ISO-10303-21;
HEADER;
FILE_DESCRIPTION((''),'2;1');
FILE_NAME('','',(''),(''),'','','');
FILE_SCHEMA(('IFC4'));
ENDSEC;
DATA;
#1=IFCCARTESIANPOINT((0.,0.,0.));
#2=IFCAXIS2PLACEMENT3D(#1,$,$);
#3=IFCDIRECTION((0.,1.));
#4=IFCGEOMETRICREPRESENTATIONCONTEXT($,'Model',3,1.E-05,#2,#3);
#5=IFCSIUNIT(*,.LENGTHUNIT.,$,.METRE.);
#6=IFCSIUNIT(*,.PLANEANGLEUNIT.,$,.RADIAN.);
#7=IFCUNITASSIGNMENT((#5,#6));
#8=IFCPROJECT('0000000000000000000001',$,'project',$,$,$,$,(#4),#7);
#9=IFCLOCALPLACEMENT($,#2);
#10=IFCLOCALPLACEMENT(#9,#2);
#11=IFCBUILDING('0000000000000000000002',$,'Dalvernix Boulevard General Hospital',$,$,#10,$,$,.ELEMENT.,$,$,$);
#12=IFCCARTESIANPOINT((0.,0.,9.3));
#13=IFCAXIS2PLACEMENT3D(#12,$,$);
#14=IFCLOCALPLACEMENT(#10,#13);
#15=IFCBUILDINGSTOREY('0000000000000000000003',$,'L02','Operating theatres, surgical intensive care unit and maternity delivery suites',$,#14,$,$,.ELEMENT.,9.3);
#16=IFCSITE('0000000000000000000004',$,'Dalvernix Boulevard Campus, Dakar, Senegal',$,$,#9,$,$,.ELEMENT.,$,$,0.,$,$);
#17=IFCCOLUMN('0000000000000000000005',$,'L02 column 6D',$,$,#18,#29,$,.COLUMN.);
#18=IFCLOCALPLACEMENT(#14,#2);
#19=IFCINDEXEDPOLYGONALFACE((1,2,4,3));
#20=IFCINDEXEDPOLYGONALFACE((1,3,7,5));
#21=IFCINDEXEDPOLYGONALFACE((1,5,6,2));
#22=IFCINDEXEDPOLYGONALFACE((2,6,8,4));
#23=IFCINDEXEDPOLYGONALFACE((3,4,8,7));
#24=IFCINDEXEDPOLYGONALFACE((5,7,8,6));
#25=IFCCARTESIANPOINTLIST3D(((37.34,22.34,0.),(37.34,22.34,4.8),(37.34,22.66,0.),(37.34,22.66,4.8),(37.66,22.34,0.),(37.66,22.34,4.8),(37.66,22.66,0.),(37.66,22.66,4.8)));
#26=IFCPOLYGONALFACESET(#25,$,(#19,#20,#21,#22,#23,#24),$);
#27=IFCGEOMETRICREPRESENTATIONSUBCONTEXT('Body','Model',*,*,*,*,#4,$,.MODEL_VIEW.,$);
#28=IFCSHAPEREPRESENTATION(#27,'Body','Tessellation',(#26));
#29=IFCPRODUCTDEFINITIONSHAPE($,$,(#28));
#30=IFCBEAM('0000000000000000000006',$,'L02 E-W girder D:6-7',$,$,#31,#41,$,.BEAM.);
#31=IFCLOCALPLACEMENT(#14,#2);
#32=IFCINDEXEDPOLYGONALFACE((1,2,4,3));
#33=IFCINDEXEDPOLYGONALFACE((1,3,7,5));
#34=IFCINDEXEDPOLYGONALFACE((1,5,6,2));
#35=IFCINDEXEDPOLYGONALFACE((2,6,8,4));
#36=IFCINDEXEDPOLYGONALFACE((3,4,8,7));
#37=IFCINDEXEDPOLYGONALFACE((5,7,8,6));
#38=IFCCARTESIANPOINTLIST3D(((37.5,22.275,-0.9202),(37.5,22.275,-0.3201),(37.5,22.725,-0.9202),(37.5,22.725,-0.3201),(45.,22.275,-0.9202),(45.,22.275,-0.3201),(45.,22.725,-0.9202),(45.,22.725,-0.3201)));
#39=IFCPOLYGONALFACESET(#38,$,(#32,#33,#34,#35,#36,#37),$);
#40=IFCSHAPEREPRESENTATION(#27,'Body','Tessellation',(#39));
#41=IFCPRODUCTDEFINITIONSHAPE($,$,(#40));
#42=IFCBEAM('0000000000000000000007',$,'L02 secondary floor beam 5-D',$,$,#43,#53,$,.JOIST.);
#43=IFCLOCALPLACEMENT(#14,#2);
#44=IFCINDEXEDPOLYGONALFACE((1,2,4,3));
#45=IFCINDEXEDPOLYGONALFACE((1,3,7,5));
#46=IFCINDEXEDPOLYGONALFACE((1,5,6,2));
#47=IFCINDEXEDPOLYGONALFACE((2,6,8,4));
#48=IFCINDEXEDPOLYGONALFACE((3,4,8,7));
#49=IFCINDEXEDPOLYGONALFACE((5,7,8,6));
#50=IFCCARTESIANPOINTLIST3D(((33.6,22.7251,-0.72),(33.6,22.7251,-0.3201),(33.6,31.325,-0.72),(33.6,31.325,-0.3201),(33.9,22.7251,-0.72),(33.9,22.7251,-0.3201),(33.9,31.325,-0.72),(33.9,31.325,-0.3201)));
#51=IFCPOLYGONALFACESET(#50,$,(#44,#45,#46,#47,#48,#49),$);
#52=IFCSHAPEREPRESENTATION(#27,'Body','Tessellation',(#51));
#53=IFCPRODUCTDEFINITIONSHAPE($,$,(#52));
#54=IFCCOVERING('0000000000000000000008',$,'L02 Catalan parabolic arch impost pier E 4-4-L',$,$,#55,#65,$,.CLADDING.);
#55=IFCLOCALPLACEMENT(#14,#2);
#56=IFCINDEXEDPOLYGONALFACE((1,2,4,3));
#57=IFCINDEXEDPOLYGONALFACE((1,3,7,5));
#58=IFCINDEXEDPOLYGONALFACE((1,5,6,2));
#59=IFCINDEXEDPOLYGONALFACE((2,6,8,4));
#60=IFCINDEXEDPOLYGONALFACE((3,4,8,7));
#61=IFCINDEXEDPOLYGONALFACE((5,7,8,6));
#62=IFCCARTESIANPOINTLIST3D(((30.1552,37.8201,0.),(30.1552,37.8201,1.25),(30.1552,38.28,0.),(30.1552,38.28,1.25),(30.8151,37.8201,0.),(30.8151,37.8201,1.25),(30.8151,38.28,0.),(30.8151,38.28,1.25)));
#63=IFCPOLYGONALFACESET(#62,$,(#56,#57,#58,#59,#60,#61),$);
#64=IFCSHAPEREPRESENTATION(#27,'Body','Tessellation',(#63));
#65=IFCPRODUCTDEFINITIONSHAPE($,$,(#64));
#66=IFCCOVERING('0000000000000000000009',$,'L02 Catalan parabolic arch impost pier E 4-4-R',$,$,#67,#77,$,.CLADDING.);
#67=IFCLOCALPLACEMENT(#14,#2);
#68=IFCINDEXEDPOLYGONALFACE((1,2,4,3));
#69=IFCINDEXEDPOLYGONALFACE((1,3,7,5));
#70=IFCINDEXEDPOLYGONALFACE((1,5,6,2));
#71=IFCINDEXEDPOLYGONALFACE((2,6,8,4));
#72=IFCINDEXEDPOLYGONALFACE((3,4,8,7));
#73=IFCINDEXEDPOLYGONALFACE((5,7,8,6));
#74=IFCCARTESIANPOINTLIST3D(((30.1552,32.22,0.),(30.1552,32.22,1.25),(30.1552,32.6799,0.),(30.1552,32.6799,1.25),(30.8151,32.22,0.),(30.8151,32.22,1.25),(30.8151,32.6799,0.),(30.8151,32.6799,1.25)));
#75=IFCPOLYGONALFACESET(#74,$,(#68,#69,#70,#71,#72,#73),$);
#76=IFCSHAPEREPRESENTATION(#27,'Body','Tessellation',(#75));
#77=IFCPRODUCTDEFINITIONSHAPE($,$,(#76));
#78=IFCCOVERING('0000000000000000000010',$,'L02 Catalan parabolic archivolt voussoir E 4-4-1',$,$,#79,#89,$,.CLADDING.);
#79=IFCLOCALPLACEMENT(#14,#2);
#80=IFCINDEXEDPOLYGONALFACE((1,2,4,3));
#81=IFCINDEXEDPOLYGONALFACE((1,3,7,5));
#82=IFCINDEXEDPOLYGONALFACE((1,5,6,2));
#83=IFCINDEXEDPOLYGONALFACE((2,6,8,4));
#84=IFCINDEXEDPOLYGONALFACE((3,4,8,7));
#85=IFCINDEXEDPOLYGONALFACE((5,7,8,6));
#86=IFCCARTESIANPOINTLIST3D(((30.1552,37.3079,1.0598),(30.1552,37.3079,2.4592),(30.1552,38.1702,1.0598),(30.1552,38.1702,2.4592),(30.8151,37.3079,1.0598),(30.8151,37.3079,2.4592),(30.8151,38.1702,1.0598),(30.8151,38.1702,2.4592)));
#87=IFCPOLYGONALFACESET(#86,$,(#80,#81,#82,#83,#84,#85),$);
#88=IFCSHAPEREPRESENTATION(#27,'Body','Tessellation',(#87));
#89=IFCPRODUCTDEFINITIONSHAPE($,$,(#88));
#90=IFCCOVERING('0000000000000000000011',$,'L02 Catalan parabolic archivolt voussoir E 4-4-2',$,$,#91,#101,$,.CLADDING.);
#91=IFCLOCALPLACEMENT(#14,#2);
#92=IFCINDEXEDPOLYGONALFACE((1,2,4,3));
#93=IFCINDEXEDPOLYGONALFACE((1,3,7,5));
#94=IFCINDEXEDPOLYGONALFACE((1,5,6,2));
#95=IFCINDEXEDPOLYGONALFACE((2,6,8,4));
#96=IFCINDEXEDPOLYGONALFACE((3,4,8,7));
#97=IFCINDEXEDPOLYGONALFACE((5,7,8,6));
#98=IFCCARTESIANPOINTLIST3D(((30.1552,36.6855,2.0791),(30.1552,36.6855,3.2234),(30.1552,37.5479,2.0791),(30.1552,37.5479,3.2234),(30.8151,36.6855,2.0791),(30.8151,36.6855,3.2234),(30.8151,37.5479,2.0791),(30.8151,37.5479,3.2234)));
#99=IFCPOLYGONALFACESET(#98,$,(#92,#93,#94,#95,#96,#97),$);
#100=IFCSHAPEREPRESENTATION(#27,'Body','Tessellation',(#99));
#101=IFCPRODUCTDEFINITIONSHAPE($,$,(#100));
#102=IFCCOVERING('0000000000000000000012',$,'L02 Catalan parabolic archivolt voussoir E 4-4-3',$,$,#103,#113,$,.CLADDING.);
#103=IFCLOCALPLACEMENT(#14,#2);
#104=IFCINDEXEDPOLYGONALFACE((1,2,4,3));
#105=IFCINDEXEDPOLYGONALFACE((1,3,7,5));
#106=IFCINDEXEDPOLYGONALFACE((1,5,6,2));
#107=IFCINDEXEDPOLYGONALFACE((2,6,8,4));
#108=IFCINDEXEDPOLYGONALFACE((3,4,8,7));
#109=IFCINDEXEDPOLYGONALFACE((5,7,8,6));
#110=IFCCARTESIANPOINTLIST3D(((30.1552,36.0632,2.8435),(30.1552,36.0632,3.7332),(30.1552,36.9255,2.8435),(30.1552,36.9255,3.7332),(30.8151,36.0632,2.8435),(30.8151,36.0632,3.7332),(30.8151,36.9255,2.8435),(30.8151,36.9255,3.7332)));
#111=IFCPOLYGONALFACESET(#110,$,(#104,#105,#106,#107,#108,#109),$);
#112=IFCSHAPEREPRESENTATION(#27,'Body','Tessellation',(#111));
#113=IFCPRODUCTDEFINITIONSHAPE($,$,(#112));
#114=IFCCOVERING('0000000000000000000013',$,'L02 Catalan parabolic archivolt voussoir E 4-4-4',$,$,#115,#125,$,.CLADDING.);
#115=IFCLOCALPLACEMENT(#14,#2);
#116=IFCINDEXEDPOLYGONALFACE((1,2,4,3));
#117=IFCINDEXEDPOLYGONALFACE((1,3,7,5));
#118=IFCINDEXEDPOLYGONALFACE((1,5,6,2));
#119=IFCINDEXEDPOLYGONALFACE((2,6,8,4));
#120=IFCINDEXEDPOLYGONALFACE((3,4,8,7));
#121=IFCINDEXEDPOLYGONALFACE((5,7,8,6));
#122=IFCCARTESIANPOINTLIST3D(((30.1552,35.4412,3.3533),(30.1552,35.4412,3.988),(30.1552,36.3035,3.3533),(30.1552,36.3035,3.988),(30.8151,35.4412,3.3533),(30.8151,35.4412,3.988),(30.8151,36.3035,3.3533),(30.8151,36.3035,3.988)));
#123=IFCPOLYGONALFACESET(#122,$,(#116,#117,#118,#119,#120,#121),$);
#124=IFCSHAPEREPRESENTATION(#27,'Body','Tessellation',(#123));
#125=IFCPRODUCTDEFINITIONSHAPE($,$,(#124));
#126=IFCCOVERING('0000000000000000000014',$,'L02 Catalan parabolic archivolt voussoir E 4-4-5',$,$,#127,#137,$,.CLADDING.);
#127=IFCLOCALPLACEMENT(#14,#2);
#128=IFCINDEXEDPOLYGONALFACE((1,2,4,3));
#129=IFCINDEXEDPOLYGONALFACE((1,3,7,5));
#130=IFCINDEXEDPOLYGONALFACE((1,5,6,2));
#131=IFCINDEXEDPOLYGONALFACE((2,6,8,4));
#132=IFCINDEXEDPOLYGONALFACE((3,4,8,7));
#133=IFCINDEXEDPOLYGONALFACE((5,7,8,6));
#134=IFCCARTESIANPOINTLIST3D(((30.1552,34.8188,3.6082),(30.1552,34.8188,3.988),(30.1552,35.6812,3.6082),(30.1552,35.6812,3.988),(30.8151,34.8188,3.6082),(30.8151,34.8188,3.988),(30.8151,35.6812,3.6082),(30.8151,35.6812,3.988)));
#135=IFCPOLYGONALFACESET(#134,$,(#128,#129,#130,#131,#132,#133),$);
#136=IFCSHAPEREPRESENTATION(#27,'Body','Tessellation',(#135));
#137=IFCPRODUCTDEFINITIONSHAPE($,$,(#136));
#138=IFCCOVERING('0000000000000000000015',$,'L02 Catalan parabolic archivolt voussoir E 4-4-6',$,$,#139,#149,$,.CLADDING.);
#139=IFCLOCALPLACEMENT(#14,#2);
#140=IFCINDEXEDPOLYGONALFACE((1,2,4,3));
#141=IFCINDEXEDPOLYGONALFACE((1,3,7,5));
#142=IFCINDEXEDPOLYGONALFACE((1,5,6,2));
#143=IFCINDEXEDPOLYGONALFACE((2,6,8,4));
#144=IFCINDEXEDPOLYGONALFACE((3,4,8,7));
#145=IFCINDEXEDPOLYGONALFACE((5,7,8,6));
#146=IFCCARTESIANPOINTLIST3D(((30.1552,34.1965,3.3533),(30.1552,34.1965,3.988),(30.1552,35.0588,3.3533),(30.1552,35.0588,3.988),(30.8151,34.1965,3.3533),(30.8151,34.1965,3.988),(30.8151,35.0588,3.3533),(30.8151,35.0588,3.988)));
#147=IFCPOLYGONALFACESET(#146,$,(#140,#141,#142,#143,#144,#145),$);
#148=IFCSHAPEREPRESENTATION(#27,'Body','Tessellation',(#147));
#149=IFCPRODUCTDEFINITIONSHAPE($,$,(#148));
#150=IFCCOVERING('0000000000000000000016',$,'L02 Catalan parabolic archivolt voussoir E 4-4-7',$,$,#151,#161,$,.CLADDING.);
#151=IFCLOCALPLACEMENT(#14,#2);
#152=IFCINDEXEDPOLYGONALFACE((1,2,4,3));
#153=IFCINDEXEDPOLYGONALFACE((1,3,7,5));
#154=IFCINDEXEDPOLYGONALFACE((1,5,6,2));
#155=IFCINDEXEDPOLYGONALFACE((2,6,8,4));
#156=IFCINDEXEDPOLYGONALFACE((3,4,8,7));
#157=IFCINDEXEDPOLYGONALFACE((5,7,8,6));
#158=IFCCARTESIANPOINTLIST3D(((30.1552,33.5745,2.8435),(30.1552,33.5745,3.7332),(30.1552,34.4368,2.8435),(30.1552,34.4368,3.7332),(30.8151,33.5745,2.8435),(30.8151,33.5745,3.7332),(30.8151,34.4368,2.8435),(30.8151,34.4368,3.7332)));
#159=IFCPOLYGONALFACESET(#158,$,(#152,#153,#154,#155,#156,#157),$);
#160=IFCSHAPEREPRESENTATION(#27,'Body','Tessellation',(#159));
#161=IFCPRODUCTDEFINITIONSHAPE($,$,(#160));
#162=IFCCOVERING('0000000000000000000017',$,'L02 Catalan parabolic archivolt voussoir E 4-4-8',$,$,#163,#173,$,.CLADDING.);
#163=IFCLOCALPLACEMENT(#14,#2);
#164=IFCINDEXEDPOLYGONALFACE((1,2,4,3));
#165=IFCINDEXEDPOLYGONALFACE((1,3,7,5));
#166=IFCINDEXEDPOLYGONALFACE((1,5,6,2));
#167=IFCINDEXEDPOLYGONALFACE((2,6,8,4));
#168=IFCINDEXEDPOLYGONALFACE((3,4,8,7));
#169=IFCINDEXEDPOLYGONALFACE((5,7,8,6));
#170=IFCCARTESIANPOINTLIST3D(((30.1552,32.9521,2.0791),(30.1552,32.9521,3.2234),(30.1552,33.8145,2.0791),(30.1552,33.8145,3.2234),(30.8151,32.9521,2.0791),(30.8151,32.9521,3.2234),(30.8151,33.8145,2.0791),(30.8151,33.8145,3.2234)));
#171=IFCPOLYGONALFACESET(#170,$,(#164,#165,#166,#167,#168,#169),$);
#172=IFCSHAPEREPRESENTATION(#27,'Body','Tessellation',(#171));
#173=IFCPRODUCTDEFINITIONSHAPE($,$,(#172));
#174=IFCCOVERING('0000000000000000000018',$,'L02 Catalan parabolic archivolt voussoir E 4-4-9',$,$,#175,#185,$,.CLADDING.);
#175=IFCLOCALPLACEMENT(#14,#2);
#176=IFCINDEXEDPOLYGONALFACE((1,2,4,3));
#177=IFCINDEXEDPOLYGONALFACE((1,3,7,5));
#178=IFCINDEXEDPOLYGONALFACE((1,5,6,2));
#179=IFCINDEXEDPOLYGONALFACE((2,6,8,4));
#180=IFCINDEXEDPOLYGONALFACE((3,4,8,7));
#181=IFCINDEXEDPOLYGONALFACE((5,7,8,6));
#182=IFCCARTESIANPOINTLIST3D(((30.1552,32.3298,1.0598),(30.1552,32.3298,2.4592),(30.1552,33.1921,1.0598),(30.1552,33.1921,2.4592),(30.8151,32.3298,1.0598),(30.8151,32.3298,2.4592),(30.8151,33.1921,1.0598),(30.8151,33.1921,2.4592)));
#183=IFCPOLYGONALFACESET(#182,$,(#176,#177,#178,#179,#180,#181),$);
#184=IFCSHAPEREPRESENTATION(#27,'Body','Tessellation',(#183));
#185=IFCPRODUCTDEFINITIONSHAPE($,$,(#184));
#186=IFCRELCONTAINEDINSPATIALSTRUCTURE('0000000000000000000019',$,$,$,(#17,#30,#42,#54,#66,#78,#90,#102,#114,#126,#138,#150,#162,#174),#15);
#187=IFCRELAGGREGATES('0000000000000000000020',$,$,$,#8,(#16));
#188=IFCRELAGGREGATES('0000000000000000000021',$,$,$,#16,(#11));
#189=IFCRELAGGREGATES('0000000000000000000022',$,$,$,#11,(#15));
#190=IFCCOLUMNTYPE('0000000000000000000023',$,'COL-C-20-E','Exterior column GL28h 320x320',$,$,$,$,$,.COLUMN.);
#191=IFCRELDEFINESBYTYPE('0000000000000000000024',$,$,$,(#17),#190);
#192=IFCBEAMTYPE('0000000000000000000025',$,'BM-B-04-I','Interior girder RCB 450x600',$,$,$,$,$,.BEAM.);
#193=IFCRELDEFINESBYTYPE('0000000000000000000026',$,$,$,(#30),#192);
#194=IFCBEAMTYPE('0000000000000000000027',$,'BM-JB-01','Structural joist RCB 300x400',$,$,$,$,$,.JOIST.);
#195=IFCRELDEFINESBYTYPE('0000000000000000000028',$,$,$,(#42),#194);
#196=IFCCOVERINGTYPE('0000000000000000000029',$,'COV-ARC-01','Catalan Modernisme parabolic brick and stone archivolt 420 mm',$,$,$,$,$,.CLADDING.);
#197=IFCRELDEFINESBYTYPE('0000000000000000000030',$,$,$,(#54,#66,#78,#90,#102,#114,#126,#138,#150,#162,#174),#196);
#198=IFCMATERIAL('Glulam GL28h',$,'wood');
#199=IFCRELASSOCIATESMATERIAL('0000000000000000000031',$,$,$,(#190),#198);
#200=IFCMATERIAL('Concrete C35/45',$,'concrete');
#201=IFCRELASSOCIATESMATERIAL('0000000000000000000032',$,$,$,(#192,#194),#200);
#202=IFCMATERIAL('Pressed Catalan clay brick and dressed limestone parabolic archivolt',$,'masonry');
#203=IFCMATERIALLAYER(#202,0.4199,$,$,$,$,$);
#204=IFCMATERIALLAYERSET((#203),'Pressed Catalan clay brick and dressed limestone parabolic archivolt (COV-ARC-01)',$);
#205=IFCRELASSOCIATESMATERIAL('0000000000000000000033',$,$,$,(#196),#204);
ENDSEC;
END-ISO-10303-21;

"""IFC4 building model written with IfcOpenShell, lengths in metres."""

from ifc_helpers import new_model, si_unit, direction, frame, origin, origin_2d, place, context, subcontext, project, spatial, rectangle, extrude, material, layer, layer_set, material_profile, profile_set, type_object, element, save


model = new_model("IFC4")

# Units and contexts
model_context = context("Model", 3, precision=1e-05, world=origin(), true_north=direction((0.0, 1.0)))
body_context = subcontext(model_context, "Body", "Model", "MODEL_VIEW")
ifc_project = project(units=[si_unit("LENGTHUNIT", "METRE"), si_unit("PLANEANGLEUNIT", "RADIAN")], contexts=[model_context])

# Site, building, storey
site_placement = place(None, origin())
site = spatial("IfcSite", under=ifc_project, at=site_placement, Name="Dalvernix Boulevard Campus, Dakar, Senegal", CompositionType="ELEMENT", RefElevation=0.0)
building_placement = place(site_placement, origin())
building = spatial("IfcBuilding", under=site, at=building_placement, Name="Dalvernix Boulevard General Hospital", CompositionType="ELEMENT")
storey_placement = place(building_placement, frame((0.0, 0.0, 9.3)))
storey = spatial("IfcBuildingStorey", under=building, at=storey_placement, Name="L02", Description="Operating theatres, surgical intensive care unit and maternity delivery suites", CompositionType="ELEMENT", Elevation=9.3)

# Column
ifc_material_1 = material(Name="Glulam GL28h", Category="wood")
ifc_material_profile_1 = material_profile(ifc_material_1, rectangle(XDim=0.3201, YDim=0.3201, at=origin_2d()), Name="GL28h 320x320")
ifc_profile_set_1 = profile_set([ifc_material_profile_1], Name="Glulam GL28h")
column_type = type_object("IfcColumnType", Name="COL-C-20-E", Description="Exterior column GL28h 320x320", PredefinedType="COLUMN", material=ifc_profile_set_1)
column_placement = place(storey_placement, frame((37.5, 22.5, 0.0), z_axis=(0.0, 0.0, 1.0), x_axis=(1.0, 0.0, 0.0)))
element("IfcColumn", 1, at=column_placement, inside=storey, type_object=column_type, Name="L02 column 6D", PredefinedType="COLUMN", context=body_context, shape_type="SweptSolid", body=[
    extrude(rectangle(XDim=0.3201, YDim=0.3201, at=origin_2d()), origin(), (0.0, 0.0, 1.0), 4.8),
])

# Beams
ifc_material_2 = material(Name="Concrete C35/45", Category="concrete")
ifc_material_profile_2 = material_profile(ifc_material_2, rectangle(XDim=0.45, YDim=0.6001, at=origin_2d()), Name="RCB 450x600")
ifc_profile_set_2 = profile_set([ifc_material_profile_2], Name="Concrete C35/45")
beam_type_1 = type_object("IfcBeamType", Name="BM-B-04-I", Description="Interior girder RCB 450x600", PredefinedType="BEAM", material=ifc_profile_set_2)
beam_1_placement = place(storey_placement, frame((37.5, 22.5, -0.6201), z_axis=(1.0, 0.0, 0.0), x_axis=(0.0, 1.0, 0.0)))
element("IfcBeam", 2, at=beam_1_placement, inside=storey, type_object=beam_type_1, Name="L02 E-W girder D:6-7", PredefinedType="BEAM", context=body_context, shape_type="SweptSolid", body=[
    extrude(rectangle(XDim=0.45, YDim=0.6001, at=origin_2d()), origin(), (0.0, 0.0, 1.0), 7.5),
])
ifc_material_profile_3 = material_profile(ifc_material_2, rectangle(XDim=0.3, YDim=0.3999, at=origin_2d()), Name="RCB 300x400")
ifc_profile_set_3 = profile_set([ifc_material_profile_3], Name="Concrete C35/45")
beam_type_2 = type_object("IfcBeamType", Name="BM-JB-01", Description="Structural joist RCB 300x400", PredefinedType="JOIST", material=ifc_profile_set_3)
beam_2_placement = place(storey_placement, frame((33.75, 22.7251, -0.52), z_axis=(0.0, 1.0, 0.0), x_axis=(-1.0, 0.0, 0.0)))
element("IfcBeam", 3, at=beam_2_placement, inside=storey, type_object=beam_type_2, Name="L02 secondary floor beam 5-D", PredefinedType="JOIST", context=body_context, shape_type="SweptSolid", body=[
    extrude(rectangle(XDim=0.3, YDim=0.3999, at=origin_2d()), origin(), (0.0, 0.0, 1.0), 8.5999),
])

# Coverings
ifc_material_3 = material(Name="Pressed Catalan clay brick and dressed limestone parabolic archivolt", Category="masonry")
ifc_layer_1 = layer(ifc_material_3, 0.4199)
ifc_layer_set_1 = layer_set([ifc_layer_1], Name="Pressed Catalan clay brick and dressed limestone parabolic archivolt (COV-ARC-01)")
covering_type_1 = type_object("IfcCoveringType", Name="COV-ARC-01", Description="Catalan Modernisme parabolic brick and stone archivolt 420 mm", PredefinedType="CLADDING", material=ifc_layer_set_1)
for number, where, z_axis, x_axis, name in (
    (4, (30.4851, 38.05, 0.0), (0.0, 0.0, 1.0), (0.0, -1.0, 0.0), "L02 Catalan parabolic arch impost pier E 4-4-L"),
    (5, (30.4851, 32.45, 0.0), (0.0, 0.0, 1.0), (0.0, -1.0, 0.0), "L02 Catalan parabolic arch impost pier E 4-4-R"),
):
    element("IfcCovering", number, at=place(storey_placement, frame(where, z_axis=z_axis, x_axis=x_axis)), inside=storey, type_object=covering_type_1, Name=name, PredefinedType="CLADDING", context=body_context, shape_type="SweptSolid", body=[
        extrude(rectangle(XDim=0.46, YDim=0.6599, at=origin_2d()), origin(), (0.0, 0.0, 1.0), 1.25),
    ])
covering_1_placement = place(storey_placement, frame((30.4851, 37.739, 1.0598), z_axis=(0.0, 0.0, 1.0), x_axis=(0.0, -1.0, 0.0)))
element("IfcCovering", 6, at=covering_1_placement, inside=storey, type_object=covering_type_1, Name="L02 Catalan parabolic archivolt voussoir E 4-4-1", PredefinedType="CLADDING", context=body_context, shape_type="SweptSolid", body=[
    extrude(rectangle(XDim=0.8623, YDim=0.6599, at=origin_2d()), origin(), (0.0, 0.0, 1.0), 1.3994),
])
covering_2_placement = place(storey_placement, frame((30.4851, 37.1167, 2.0791), z_axis=(0.0, 0.0, 1.0), x_axis=(0.0, -1.0, 0.0)))
element("IfcCovering", 7, at=covering_2_placement, inside=storey, type_object=covering_type_1, Name="L02 Catalan parabolic archivolt voussoir E 4-4-2", PredefinedType="CLADDING", context=body_context, shape_type="SweptSolid", body=[
    extrude(rectangle(XDim=0.8623, YDim=0.6599, at=origin_2d()), origin(), (0.0, 0.0, 1.0), 1.1443),
])
covering_3_placement = place(storey_placement, frame((30.4851, 36.4944, 2.8435), z_axis=(0.0, 0.0, 1.0), x_axis=(0.0, -1.0, 0.0)))
element("IfcCovering", 8, at=covering_3_placement, inside=storey, type_object=covering_type_1, Name="L02 Catalan parabolic archivolt voussoir E 4-4-3", PredefinedType="CLADDING", context=body_context, shape_type="SweptSolid", body=[
    extrude(rectangle(XDim=0.8623, YDim=0.6599, at=origin_2d()), origin(), (0.0, 0.0, 1.0), 0.8896),
])
covering_4_placement = place(storey_placement, frame((30.4851, 35.8723, 3.3533), z_axis=(0.0, 0.0, 1.0), x_axis=(0.0, -1.0, 0.0)))
element("IfcCovering", 9, at=covering_4_placement, inside=storey, type_object=covering_type_1, Name="L02 Catalan parabolic archivolt voussoir E 4-4-4", PredefinedType="CLADDING", context=body_context, shape_type="SweptSolid", body=[
    extrude(rectangle(XDim=0.8623, YDim=0.6599, at=origin_2d()), origin(), (0.0, 0.0, 1.0), 0.6348),
])
covering_5_placement = place(storey_placement, frame((30.4851, 35.25, 3.6082), z_axis=(0.0, 0.0, 1.0), x_axis=(0.0, -1.0, 0.0)))
element("IfcCovering", 10, at=covering_5_placement, inside=storey, type_object=covering_type_1, Name="L02 Catalan parabolic archivolt voussoir E 4-4-5", PredefinedType="CLADDING", context=body_context, shape_type="SweptSolid", body=[
    extrude(rectangle(XDim=0.8623, YDim=0.6599, at=origin_2d()), origin(), (0.0, 0.0, 1.0), 0.3799),
])
covering_6_placement = place(storey_placement, frame((30.4851, 34.6277, 3.3533), z_axis=(0.0, 0.0, 1.0), x_axis=(0.0, -1.0, 0.0)))
element("IfcCovering", 11, at=covering_6_placement, inside=storey, type_object=covering_type_1, Name="L02 Catalan parabolic archivolt voussoir E 4-4-6", PredefinedType="CLADDING", context=body_context, shape_type="SweptSolid", body=[
    extrude(rectangle(XDim=0.8623, YDim=0.6599, at=origin_2d()), origin(), (0.0, 0.0, 1.0), 0.6348),
])
covering_7_placement = place(storey_placement, frame((30.4851, 34.0056, 2.8435), z_axis=(0.0, 0.0, 1.0), x_axis=(0.0, -1.0, 0.0)))
element("IfcCovering", 12, at=covering_7_placement, inside=storey, type_object=covering_type_1, Name="L02 Catalan parabolic archivolt voussoir E 4-4-7", PredefinedType="CLADDING", context=body_context, shape_type="SweptSolid", body=[
    extrude(rectangle(XDim=0.8623, YDim=0.6599, at=origin_2d()), origin(), (0.0, 0.0, 1.0), 0.8896),
])
covering_8_placement = place(storey_placement, frame((30.4851, 33.3833, 2.0791), z_axis=(0.0, 0.0, 1.0), x_axis=(0.0, -1.0, 0.0)))
element("IfcCovering", 13, at=covering_8_placement, inside=storey, type_object=covering_type_1, Name="L02 Catalan parabolic archivolt voussoir E 4-4-8", PredefinedType="CLADDING", context=body_context, shape_type="SweptSolid", body=[
    extrude(rectangle(XDim=0.8623, YDim=0.6599, at=origin_2d()), origin(), (0.0, 0.0, 1.0), 1.1443),
])
covering_9_placement = place(storey_placement, frame((30.4851, 32.761, 1.0598), z_axis=(0.0, 0.0, 1.0), x_axis=(0.0, -1.0, 0.0)))
element("IfcCovering", 14, at=covering_9_placement, inside=storey, type_object=covering_type_1, Name="L02 Catalan parabolic archivolt voussoir E 4-4-9", PredefinedType="CLADDING", context=body_context, shape_type="SweptSolid", body=[
    extrude(rectangle(XDim=0.8623, YDim=0.6599, at=origin_2d()), origin(), (0.0, 0.0, 1.0), 1.3994),
])

save(model, "model.ifc")
